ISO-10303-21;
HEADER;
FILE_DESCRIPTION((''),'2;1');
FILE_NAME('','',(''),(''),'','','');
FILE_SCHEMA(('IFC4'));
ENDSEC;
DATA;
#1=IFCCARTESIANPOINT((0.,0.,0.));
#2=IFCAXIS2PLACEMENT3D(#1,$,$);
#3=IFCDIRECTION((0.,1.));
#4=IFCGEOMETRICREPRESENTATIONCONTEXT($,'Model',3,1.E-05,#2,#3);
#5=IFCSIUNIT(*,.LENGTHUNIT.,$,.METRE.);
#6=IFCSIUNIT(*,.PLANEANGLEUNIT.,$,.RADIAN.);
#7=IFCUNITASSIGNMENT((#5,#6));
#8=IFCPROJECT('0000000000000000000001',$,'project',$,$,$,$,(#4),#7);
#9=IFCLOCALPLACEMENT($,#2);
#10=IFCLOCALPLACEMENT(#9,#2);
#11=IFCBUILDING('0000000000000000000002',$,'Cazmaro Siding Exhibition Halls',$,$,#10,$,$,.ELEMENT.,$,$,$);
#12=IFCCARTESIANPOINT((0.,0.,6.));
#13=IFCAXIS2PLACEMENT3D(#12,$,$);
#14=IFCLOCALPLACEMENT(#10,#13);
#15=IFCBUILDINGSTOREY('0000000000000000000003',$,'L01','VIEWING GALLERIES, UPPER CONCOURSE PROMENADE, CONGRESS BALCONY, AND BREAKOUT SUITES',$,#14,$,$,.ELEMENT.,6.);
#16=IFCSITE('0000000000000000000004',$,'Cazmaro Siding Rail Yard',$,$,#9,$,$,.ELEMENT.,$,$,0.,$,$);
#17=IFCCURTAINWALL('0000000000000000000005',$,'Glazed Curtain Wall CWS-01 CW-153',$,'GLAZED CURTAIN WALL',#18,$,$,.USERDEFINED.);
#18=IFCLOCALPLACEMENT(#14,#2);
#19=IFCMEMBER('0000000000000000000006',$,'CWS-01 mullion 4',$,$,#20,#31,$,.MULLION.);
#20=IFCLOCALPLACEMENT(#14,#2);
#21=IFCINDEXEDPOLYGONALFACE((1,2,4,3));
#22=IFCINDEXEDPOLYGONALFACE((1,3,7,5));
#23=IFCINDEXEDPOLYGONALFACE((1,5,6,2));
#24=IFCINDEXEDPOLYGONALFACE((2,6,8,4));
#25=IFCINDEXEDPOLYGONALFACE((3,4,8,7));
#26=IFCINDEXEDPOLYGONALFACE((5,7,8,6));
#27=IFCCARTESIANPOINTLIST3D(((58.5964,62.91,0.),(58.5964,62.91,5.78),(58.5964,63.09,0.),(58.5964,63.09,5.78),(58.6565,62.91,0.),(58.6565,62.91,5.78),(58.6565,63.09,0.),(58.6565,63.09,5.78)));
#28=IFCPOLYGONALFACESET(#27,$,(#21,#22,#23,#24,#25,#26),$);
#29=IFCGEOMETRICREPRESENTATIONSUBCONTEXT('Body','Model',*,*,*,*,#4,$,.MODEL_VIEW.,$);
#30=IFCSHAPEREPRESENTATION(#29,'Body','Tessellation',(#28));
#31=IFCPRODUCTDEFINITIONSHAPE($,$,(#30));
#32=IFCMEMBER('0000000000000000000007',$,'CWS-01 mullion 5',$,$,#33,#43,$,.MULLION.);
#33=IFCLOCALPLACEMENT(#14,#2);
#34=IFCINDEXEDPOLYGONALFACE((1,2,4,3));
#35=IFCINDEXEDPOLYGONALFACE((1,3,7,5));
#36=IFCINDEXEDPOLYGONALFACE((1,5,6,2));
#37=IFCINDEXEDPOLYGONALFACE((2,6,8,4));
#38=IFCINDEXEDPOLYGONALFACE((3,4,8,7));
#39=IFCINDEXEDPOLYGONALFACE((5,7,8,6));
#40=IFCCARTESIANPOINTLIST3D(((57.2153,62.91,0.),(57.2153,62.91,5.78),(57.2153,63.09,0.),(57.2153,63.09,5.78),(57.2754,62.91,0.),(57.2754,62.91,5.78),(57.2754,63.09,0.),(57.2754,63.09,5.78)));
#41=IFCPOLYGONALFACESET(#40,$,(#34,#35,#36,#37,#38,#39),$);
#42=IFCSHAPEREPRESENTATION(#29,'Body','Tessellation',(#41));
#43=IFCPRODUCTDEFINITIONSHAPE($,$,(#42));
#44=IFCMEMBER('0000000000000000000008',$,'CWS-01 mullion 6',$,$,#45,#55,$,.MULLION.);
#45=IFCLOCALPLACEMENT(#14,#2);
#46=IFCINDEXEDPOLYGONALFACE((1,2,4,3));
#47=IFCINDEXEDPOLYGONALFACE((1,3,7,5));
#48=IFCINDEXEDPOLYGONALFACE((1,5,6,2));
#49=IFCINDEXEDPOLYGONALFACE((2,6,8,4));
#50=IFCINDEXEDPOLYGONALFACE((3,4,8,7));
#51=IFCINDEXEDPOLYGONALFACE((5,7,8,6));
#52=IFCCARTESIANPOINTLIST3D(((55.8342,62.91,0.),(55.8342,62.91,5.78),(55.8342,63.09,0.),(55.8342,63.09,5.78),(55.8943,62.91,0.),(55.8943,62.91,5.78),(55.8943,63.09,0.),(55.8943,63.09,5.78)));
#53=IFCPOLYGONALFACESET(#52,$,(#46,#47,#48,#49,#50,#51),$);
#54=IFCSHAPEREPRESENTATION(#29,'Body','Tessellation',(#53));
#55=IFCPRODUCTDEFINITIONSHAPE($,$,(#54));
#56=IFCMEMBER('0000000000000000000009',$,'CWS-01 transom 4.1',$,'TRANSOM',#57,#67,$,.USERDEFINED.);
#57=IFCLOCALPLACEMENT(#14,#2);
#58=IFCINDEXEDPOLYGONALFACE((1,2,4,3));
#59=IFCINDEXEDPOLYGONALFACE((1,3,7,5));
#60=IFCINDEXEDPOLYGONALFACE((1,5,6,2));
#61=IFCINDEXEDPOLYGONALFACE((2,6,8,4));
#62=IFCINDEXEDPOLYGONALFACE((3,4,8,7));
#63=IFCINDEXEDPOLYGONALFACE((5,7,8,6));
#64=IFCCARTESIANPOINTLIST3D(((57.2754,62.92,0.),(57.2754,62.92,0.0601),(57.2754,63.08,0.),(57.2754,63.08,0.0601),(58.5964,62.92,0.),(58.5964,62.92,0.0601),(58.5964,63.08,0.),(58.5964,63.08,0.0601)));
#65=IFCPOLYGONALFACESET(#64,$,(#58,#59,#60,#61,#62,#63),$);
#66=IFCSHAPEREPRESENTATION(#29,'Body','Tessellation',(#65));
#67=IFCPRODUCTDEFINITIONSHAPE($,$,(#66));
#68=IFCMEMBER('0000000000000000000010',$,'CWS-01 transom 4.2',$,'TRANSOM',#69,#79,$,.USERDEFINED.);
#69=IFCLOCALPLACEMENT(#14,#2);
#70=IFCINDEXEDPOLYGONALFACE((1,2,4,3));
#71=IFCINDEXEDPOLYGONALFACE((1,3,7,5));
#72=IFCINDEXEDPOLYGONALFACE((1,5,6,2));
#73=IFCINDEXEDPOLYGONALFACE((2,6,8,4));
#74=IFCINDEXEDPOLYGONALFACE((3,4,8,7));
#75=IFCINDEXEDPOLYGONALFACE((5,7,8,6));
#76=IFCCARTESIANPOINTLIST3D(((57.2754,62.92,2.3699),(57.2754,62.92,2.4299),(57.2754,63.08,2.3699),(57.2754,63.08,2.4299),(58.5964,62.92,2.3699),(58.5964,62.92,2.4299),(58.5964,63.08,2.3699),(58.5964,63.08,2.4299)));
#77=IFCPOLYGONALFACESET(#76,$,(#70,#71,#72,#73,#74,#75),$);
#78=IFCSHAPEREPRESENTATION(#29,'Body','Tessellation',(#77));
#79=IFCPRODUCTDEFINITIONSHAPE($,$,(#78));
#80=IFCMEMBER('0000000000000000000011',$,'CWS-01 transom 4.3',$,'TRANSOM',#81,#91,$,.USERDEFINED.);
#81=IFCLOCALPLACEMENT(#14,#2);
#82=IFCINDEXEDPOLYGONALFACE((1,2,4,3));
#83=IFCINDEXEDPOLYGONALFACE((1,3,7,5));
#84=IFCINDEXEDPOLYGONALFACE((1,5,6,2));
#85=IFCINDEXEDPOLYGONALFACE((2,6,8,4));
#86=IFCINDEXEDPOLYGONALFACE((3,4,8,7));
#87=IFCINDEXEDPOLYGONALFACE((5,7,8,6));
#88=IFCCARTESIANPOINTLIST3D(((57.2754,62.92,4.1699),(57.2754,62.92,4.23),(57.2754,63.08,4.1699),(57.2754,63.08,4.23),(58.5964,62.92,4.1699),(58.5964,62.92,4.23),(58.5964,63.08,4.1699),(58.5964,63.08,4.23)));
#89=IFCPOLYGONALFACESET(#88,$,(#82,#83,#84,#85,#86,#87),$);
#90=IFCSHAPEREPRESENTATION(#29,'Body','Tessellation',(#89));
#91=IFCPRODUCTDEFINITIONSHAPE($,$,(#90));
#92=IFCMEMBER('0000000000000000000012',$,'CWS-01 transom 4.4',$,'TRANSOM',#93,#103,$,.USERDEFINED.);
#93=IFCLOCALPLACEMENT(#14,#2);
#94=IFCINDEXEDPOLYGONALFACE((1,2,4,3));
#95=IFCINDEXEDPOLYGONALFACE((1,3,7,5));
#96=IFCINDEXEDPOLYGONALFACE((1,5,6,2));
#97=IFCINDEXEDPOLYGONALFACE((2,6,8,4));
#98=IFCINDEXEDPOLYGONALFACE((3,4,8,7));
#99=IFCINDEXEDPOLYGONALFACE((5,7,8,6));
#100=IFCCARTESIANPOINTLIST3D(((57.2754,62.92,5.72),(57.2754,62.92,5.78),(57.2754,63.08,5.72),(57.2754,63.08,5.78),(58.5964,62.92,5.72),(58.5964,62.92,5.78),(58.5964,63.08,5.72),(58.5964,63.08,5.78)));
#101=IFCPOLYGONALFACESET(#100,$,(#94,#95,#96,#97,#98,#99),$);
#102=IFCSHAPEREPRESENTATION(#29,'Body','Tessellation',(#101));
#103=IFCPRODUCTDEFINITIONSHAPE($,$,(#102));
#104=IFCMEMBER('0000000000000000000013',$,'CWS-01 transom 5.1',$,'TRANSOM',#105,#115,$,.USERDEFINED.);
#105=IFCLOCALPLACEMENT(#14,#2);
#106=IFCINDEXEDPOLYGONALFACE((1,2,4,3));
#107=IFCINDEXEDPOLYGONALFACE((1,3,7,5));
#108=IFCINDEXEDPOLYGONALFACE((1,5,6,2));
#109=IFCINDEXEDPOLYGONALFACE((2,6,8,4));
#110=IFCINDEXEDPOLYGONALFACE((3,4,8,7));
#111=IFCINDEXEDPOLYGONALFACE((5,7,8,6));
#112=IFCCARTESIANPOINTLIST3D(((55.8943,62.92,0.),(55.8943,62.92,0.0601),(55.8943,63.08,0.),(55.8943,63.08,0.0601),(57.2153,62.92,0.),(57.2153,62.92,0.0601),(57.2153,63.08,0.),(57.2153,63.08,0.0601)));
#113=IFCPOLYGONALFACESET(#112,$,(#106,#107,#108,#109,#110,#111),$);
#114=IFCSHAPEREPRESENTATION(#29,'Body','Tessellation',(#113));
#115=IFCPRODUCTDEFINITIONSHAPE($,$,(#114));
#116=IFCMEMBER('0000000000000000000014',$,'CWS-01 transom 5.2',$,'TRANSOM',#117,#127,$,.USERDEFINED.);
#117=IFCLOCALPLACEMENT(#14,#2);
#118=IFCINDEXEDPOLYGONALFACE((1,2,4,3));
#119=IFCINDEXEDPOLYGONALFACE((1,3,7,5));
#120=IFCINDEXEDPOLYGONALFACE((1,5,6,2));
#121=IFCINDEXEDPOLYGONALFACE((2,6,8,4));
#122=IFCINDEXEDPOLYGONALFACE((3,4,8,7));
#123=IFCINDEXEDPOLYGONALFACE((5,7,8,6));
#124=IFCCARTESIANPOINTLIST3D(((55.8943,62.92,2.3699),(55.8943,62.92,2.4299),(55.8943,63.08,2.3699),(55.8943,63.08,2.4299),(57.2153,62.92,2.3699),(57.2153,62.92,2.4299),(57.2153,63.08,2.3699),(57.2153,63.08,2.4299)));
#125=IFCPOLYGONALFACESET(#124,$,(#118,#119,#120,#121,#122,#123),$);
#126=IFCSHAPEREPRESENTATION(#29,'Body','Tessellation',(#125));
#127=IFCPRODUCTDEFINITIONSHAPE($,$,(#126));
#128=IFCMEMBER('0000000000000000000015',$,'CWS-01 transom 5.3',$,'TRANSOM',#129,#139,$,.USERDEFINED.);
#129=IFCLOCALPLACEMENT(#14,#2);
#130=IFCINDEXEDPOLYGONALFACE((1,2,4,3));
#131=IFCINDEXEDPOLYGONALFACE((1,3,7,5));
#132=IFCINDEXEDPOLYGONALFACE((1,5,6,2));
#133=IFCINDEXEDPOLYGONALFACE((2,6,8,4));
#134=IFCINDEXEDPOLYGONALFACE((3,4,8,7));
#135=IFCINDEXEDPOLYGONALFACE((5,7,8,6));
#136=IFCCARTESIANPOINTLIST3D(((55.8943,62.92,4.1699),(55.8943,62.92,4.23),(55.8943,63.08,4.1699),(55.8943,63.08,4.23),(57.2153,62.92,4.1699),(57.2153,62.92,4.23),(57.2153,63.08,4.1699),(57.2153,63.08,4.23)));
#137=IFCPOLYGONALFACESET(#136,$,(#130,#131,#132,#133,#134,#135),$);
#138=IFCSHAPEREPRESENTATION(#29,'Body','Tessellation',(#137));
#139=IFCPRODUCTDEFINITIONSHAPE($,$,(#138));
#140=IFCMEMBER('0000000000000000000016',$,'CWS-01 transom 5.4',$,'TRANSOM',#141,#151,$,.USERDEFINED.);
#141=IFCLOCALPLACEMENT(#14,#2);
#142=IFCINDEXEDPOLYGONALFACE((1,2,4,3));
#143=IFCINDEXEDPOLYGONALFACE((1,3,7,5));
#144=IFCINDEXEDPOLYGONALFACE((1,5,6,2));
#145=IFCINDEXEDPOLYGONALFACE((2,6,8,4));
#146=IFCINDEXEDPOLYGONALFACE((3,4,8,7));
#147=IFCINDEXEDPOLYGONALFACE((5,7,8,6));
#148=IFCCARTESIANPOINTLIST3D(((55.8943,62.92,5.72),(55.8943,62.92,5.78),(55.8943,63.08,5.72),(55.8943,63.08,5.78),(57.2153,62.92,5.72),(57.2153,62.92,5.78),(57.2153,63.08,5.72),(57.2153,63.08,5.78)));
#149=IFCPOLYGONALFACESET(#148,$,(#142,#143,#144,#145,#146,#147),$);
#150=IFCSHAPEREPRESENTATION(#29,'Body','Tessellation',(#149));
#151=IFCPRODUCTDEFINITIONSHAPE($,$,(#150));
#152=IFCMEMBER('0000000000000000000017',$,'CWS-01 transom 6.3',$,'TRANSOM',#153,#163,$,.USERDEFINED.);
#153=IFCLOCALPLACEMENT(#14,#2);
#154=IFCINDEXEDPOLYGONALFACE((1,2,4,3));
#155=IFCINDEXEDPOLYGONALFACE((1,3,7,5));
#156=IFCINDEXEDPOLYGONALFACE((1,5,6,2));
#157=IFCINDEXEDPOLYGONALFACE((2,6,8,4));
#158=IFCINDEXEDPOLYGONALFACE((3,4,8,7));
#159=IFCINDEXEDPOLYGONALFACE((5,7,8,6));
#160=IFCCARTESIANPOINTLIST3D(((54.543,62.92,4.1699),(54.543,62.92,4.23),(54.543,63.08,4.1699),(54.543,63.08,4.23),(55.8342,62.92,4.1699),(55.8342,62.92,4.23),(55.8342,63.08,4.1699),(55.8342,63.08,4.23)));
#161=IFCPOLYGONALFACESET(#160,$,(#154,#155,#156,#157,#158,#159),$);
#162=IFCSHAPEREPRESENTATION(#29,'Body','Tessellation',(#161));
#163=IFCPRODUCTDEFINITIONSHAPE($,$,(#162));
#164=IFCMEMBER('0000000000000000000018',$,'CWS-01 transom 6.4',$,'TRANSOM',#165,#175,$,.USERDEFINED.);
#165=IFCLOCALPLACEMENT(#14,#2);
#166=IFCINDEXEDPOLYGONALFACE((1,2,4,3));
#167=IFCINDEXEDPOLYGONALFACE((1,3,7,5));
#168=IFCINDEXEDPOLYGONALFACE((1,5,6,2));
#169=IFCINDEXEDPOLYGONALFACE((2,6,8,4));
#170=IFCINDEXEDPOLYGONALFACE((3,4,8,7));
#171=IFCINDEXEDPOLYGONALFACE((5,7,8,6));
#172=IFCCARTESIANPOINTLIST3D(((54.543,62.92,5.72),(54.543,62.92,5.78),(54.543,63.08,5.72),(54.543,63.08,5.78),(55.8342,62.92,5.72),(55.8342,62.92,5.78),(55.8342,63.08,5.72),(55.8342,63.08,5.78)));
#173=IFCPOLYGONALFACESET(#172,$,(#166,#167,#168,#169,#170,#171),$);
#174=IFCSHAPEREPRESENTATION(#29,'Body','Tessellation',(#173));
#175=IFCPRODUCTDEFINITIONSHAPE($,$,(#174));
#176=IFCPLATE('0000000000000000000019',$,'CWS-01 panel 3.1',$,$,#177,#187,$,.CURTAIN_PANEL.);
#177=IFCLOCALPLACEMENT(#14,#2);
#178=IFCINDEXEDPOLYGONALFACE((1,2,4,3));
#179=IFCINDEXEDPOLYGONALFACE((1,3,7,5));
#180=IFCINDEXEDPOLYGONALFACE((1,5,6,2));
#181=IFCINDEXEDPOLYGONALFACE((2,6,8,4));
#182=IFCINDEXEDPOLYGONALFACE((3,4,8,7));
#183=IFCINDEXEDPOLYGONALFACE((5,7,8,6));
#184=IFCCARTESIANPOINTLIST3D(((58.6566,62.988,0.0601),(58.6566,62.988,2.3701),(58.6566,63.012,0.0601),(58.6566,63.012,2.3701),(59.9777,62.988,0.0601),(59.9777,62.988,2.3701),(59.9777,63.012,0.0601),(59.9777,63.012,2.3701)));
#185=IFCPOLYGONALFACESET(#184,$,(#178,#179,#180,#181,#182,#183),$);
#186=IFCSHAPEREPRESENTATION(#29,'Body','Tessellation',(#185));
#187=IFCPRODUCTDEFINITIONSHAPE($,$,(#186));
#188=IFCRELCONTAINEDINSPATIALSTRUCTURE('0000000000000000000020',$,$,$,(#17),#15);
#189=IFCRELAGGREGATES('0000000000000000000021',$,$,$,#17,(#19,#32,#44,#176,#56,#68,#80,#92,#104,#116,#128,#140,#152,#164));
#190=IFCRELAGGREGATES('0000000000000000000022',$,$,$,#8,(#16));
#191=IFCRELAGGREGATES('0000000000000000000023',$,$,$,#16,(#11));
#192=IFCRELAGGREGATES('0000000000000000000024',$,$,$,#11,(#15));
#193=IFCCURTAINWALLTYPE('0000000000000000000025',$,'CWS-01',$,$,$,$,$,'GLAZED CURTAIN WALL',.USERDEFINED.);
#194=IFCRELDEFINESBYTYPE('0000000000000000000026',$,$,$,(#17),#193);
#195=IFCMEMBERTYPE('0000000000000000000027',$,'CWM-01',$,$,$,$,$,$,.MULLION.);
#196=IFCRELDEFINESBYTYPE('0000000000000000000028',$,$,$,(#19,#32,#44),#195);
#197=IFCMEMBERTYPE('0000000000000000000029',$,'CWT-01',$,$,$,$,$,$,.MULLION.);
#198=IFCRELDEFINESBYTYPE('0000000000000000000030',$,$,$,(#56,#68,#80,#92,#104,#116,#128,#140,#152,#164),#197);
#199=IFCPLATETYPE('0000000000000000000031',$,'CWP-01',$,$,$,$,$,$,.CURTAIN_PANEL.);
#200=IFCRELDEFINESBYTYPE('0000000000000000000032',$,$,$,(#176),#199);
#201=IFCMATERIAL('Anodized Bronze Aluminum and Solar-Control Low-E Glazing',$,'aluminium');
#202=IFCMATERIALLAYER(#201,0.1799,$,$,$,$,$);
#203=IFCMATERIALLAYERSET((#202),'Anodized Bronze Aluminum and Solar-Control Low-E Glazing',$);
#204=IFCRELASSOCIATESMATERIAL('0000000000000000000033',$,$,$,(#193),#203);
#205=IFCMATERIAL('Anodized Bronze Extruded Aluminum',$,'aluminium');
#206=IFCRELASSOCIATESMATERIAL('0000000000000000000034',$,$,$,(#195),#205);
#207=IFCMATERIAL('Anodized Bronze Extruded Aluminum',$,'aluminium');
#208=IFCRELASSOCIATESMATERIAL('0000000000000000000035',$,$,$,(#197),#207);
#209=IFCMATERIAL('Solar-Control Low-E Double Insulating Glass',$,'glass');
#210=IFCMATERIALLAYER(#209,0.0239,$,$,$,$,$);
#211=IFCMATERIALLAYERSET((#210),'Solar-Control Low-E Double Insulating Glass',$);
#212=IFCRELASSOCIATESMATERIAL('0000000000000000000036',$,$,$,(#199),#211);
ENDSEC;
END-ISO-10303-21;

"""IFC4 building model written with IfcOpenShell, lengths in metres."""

from ifc_helpers import new_model, si_unit, direction, frame, origin, origin_2d, place, context, subcontext, project, spatial, rectangle, extrude, material, layer, layer_set, material_profile, profile_set, type_object, element, aggregate, save


model = new_model("IFC4")

# Units and contexts
model_context = context("Model", 3, precision=1e-05, world=origin(), true_north=direction((0.0, 1.0)))
body_context = subcontext(model_context, "Body", "Model", "MODEL_VIEW")
ifc_project = project(units=[si_unit("LENGTHUNIT", "METRE"), si_unit("PLANEANGLEUNIT", "RADIAN")], contexts=[model_context])

# Site, building, storey
site_placement = place(None, origin())
site = spatial("IfcSite", under=ifc_project, at=site_placement, Name="Cazmaro Siding Rail Yard", CompositionType="ELEMENT", RefElevation=0.0)
building_placement = place(site_placement, origin())
building = spatial("IfcBuilding", under=site, at=building_placement, Name="Cazmaro Siding Exhibition Halls", CompositionType="ELEMENT")
storey_placement = place(building_placement, frame((0.0, 0.0, 6.0)))
storey = spatial("IfcBuildingStorey", under=building, at=storey_placement, Name="L01", Description="VIEWING GALLERIES, UPPER CONCOURSE PROMENADE, CONGRESS BALCONY, AND BREAKOUT SUITES", CompositionType="ELEMENT", Elevation=6.0)

# Curtain wall, members, plate
ifc_material_1 = material(Name="Anodized Bronze Aluminum and Solar-Control Low-E Glazing", Category="aluminium")
ifc_layer_1 = layer(ifc_material_1, 0.1799)
ifc_layer_set_1 = layer_set([ifc_layer_1], Name="Anodized Bronze Aluminum and Solar-Control Low-E Glazing")
curtain_wall_type = type_object("IfcCurtainWallType", Name="CWS-01", ElementType="GLAZED CURTAIN WALL", PredefinedType="USERDEFINED", material=ifc_layer_set_1)
curtain_wall_placement = place(storey_placement, origin())
curtain_wall = element("IfcCurtainWall", 1, at=curtain_wall_placement, inside=storey, type_object=curtain_wall_type, Name="Glazed Curtain Wall CWS-01 CW-153", ObjectType="GLAZED CURTAIN WALL", PredefinedType="USERDEFINED")
ifc_material_2 = material(Name="Anodized Bronze Extruded Aluminum", Category="aluminium")
ifc_material_profile_1 = material_profile(ifc_material_2, rectangle(XDim=0.1799, YDim=0.0601, at=origin_2d()), Name="CWM-01")
ifc_profile_set_1 = profile_set([ifc_material_profile_1], Name="Anodized Bronze Extruded Aluminum")
member_type_1 = type_object("IfcMemberType", Name="CWM-01", PredefinedType="MULLION", material=ifc_profile_set_1)
member_1_placement = place(storey_placement, frame((58.6265, 63.0, 0.0), z_axis=(0.0, 0.0, 1.0), x_axis=(0.0, -1.0, 0.0)))
member_1 = element("IfcMember", 2, at=member_1_placement, type_object=member_type_1, Name="CWS-01 mullion 4", PredefinedType="MULLION", context=body_context, shape_type="SweptSolid", body=[
    extrude(rectangle(XDim=0.1799, YDim=0.0601, at=origin_2d()), origin(), (0.0, 0.0, 1.0), 5.78),
])
member_2_placement = place(storey_placement, frame((57.2454, 63.0, 0.0), z_axis=(0.0, 0.0, 1.0), x_axis=(0.0, -1.0, 0.0)))
member_2 = element("IfcMember", 3, at=member_2_placement, type_object=member_type_1, Name="CWS-01 mullion 5", PredefinedType="MULLION", context=body_context, shape_type="SweptSolid", body=[
    extrude(rectangle(XDim=0.1799, YDim=0.0601, at=origin_2d()), origin(), (0.0, 0.0, 1.0), 5.78),
])
member_3_placement = place(storey_placement, frame((55.8643, 63.0, 0.0), z_axis=(0.0, 0.0, 1.0), x_axis=(0.0, -1.0, 0.0)))
member_3 = element("IfcMember", 4, at=member_3_placement, type_object=member_type_1, Name="CWS-01 mullion 6", PredefinedType="MULLION", context=body_context, shape_type="SweptSolid", body=[
    extrude(rectangle(XDim=0.1799, YDim=0.0601, at=origin_2d()), origin(), (0.0, 0.0, 1.0), 5.78),
])
ifc_material_3 = material(Name="Anodized Bronze Extruded Aluminum", Category="aluminium")
ifc_material_profile_2 = material_profile(ifc_material_3, rectangle(XDim=0.1599, YDim=0.0601, at=origin_2d()), Name="CWT-01")
ifc_profile_set_2 = profile_set([ifc_material_profile_2], Name="Anodized Bronze Extruded Aluminum")
member_type_2 = type_object("IfcMemberType", Name="CWT-01", PredefinedType="MULLION", material=ifc_profile_set_2)
member_4_placement = place(storey_placement, frame((58.5964, 63.0, 0.03), z_axis=(-1.0, 0.0, 0.0), x_axis=(0.0, -1.0, 0.0)))
member_4 = element("IfcMember", 5, at=member_4_placement, type_object=member_type_2, Name="CWS-01 transom 4.1", ObjectType="TRANSOM", PredefinedType="USERDEFINED", context=body_context, shape_type="SweptSolid", body=[
    extrude(rectangle(XDim=0.1599, YDim=0.0601, at=origin_2d()), origin(), (0.0, 0.0, 1.0), 1.321),
])
member_5_placement = place(storey_placement, frame((58.5964, 63.0, 2.3999), z_axis=(-1.0, 0.0, 0.0), x_axis=(0.0, -1.0, 0.0)))
member_5 = element("IfcMember", 6, at=member_5_placement, type_object=member_type_2, Name="CWS-01 transom 4.2", ObjectType="TRANSOM", PredefinedType="USERDEFINED", context=body_context, shape_type="SweptSolid", body=[
    extrude(rectangle(XDim=0.1599, YDim=0.0601, at=origin_2d()), origin(), (0.0, 0.0, 1.0), 1.321),
])
member_6_placement = place(storey_placement, frame((58.5964, 63.0, 4.2), z_axis=(-1.0, 0.0, 0.0), x_axis=(0.0, -1.0, 0.0)))
member_6 = element("IfcMember", 7, at=member_6_placement, type_object=member_type_2, Name="CWS-01 transom 4.3", ObjectType="TRANSOM", PredefinedType="USERDEFINED", context=body_context, shape_type="SweptSolid", body=[
    extrude(rectangle(XDim=0.1599, YDim=0.0601, at=origin_2d()), origin(), (0.0, 0.0, 1.0), 1.321),
])
member_7_placement = place(storey_placement, frame((58.5964, 63.0, 5.75), z_axis=(-1.0, 0.0, 0.0), x_axis=(0.0, -1.0, 0.0)))
member_7 = element("IfcMember", 8, at=member_7_placement, type_object=member_type_2, Name="CWS-01 transom 4.4", ObjectType="TRANSOM", PredefinedType="USERDEFINED", context=body_context, shape_type="SweptSolid", body=[
    extrude(rectangle(XDim=0.1599, YDim=0.0601, at=origin_2d()), origin(), (0.0, 0.0, 1.0), 1.321),
])
member_8_placement = place(storey_placement, frame((57.2153, 63.0, 0.03), z_axis=(-1.0, 0.0, 0.0), x_axis=(0.0, -1.0, 0.0)))
member_8 = element("IfcMember", 9, at=member_8_placement, type_object=member_type_2, Name="CWS-01 transom 5.1", ObjectType="TRANSOM", PredefinedType="USERDEFINED", context=body_context, shape_type="SweptSolid", body=[
    extrude(rectangle(XDim=0.1599, YDim=0.0601, at=origin_2d()), origin(), (0.0, 0.0, 1.0), 1.321),
])
member_9_placement = place(storey_placement, frame((57.2153, 63.0, 2.3999), z_axis=(-1.0, 0.0, 0.0), x_axis=(0.0, -1.0, 0.0)))
member_9 = element("IfcMember", 10, at=member_9_placement, type_object=member_type_2, Name="CWS-01 transom 5.2", ObjectType="TRANSOM", PredefinedType="USERDEFINED", context=body_context, shape_type="SweptSolid", body=[
    extrude(rectangle(XDim=0.1599, YDim=0.0601, at=origin_2d()), origin(), (0.0, 0.0, 1.0), 1.321),
])
member_10_placement = place(storey_placement, frame((57.2153, 63.0, 4.2), z_axis=(-1.0, 0.0, 0.0), x_axis=(0.0, -1.0, 0.0)))
member_10 = element("IfcMember", 11, at=member_10_placement, type_object=member_type_2, Name="CWS-01 transom 5.3", ObjectType="TRANSOM", PredefinedType="USERDEFINED", context=body_context, shape_type="SweptSolid", body=[
    extrude(rectangle(XDim=0.1599, YDim=0.0601, at=origin_2d()), origin(), (0.0, 0.0, 1.0), 1.321),
])
member_11_placement = place(storey_placement, frame((57.2153, 63.0, 5.75), z_axis=(-1.0, 0.0, 0.0), x_axis=(0.0, -1.0, 0.0)))
member_11 = element("IfcMember", 12, at=member_11_placement, type_object=member_type_2, Name="CWS-01 transom 5.4", ObjectType="TRANSOM", PredefinedType="USERDEFINED", context=body_context, shape_type="SweptSolid", body=[
    extrude(rectangle(XDim=0.1599, YDim=0.0601, at=origin_2d()), origin(), (0.0, 0.0, 1.0), 1.321),
])
member_12_placement = place(storey_placement, frame((55.8342, 63.0, 4.2), z_axis=(-1.0, 0.0, 0.0), x_axis=(0.0, -1.0, 0.0)))
member_12 = element("IfcMember", 13, at=member_12_placement, type_object=member_type_2, Name="CWS-01 transom 6.3", ObjectType="TRANSOM", PredefinedType="USERDEFINED", context=body_context, shape_type="SweptSolid", body=[
    extrude(rectangle(XDim=0.1599, YDim=0.0601, at=origin_2d()), origin(), (0.0, 0.0, 1.0), 1.2913),
])
member_13_placement = place(storey_placement, frame((55.8342, 63.0, 5.75), z_axis=(-1.0, 0.0, 0.0), x_axis=(0.0, -1.0, 0.0)))
member_13 = element("IfcMember", 14, at=member_13_placement, type_object=member_type_2, Name="CWS-01 transom 6.4", ObjectType="TRANSOM", PredefinedType="USERDEFINED", context=body_context, shape_type="SweptSolid", body=[
    extrude(rectangle(XDim=0.1599, YDim=0.0601, at=origin_2d()), origin(), (0.0, 0.0, 1.0), 1.2913),
])
ifc_material_4 = material(Name="Solar-Control Low-E Double Insulating Glass", Category="glass")
ifc_layer_2 = layer(ifc_material_4, 0.0239)
ifc_layer_set_2 = layer_set([ifc_layer_2], Name="Solar-Control Low-E Double Insulating Glass")
plate_type = type_object("IfcPlateType", Name="CWP-01", PredefinedType="CURTAIN_PANEL", material=ifc_layer_set_2)
plate_1_placement = place(storey_placement, frame((59.3171, 63.0, 0.0601), z_axis=(0.0, 0.0, 1.0), x_axis=(-1.0, 0.0, 0.0)))
plate_1 = element("IfcPlate", 15, at=plate_1_placement, type_object=plate_type, Name="CWS-01 panel 3.1", PredefinedType="CURTAIN_PANEL", context=body_context, shape_type="SweptSolid", body=[
    extrude(rectangle(XDim=1.321, YDim=0.0239, at=origin_2d()), origin(), (0.0, 0.0, 1.0), 2.3101),
])
aggregate(curtain_wall, [member_1, member_2, member_3, plate_1, member_4, member_5, member_6, member_7, member_8, member_9, member_10, member_11, member_12, member_13])

save(model, "model.ifc")
